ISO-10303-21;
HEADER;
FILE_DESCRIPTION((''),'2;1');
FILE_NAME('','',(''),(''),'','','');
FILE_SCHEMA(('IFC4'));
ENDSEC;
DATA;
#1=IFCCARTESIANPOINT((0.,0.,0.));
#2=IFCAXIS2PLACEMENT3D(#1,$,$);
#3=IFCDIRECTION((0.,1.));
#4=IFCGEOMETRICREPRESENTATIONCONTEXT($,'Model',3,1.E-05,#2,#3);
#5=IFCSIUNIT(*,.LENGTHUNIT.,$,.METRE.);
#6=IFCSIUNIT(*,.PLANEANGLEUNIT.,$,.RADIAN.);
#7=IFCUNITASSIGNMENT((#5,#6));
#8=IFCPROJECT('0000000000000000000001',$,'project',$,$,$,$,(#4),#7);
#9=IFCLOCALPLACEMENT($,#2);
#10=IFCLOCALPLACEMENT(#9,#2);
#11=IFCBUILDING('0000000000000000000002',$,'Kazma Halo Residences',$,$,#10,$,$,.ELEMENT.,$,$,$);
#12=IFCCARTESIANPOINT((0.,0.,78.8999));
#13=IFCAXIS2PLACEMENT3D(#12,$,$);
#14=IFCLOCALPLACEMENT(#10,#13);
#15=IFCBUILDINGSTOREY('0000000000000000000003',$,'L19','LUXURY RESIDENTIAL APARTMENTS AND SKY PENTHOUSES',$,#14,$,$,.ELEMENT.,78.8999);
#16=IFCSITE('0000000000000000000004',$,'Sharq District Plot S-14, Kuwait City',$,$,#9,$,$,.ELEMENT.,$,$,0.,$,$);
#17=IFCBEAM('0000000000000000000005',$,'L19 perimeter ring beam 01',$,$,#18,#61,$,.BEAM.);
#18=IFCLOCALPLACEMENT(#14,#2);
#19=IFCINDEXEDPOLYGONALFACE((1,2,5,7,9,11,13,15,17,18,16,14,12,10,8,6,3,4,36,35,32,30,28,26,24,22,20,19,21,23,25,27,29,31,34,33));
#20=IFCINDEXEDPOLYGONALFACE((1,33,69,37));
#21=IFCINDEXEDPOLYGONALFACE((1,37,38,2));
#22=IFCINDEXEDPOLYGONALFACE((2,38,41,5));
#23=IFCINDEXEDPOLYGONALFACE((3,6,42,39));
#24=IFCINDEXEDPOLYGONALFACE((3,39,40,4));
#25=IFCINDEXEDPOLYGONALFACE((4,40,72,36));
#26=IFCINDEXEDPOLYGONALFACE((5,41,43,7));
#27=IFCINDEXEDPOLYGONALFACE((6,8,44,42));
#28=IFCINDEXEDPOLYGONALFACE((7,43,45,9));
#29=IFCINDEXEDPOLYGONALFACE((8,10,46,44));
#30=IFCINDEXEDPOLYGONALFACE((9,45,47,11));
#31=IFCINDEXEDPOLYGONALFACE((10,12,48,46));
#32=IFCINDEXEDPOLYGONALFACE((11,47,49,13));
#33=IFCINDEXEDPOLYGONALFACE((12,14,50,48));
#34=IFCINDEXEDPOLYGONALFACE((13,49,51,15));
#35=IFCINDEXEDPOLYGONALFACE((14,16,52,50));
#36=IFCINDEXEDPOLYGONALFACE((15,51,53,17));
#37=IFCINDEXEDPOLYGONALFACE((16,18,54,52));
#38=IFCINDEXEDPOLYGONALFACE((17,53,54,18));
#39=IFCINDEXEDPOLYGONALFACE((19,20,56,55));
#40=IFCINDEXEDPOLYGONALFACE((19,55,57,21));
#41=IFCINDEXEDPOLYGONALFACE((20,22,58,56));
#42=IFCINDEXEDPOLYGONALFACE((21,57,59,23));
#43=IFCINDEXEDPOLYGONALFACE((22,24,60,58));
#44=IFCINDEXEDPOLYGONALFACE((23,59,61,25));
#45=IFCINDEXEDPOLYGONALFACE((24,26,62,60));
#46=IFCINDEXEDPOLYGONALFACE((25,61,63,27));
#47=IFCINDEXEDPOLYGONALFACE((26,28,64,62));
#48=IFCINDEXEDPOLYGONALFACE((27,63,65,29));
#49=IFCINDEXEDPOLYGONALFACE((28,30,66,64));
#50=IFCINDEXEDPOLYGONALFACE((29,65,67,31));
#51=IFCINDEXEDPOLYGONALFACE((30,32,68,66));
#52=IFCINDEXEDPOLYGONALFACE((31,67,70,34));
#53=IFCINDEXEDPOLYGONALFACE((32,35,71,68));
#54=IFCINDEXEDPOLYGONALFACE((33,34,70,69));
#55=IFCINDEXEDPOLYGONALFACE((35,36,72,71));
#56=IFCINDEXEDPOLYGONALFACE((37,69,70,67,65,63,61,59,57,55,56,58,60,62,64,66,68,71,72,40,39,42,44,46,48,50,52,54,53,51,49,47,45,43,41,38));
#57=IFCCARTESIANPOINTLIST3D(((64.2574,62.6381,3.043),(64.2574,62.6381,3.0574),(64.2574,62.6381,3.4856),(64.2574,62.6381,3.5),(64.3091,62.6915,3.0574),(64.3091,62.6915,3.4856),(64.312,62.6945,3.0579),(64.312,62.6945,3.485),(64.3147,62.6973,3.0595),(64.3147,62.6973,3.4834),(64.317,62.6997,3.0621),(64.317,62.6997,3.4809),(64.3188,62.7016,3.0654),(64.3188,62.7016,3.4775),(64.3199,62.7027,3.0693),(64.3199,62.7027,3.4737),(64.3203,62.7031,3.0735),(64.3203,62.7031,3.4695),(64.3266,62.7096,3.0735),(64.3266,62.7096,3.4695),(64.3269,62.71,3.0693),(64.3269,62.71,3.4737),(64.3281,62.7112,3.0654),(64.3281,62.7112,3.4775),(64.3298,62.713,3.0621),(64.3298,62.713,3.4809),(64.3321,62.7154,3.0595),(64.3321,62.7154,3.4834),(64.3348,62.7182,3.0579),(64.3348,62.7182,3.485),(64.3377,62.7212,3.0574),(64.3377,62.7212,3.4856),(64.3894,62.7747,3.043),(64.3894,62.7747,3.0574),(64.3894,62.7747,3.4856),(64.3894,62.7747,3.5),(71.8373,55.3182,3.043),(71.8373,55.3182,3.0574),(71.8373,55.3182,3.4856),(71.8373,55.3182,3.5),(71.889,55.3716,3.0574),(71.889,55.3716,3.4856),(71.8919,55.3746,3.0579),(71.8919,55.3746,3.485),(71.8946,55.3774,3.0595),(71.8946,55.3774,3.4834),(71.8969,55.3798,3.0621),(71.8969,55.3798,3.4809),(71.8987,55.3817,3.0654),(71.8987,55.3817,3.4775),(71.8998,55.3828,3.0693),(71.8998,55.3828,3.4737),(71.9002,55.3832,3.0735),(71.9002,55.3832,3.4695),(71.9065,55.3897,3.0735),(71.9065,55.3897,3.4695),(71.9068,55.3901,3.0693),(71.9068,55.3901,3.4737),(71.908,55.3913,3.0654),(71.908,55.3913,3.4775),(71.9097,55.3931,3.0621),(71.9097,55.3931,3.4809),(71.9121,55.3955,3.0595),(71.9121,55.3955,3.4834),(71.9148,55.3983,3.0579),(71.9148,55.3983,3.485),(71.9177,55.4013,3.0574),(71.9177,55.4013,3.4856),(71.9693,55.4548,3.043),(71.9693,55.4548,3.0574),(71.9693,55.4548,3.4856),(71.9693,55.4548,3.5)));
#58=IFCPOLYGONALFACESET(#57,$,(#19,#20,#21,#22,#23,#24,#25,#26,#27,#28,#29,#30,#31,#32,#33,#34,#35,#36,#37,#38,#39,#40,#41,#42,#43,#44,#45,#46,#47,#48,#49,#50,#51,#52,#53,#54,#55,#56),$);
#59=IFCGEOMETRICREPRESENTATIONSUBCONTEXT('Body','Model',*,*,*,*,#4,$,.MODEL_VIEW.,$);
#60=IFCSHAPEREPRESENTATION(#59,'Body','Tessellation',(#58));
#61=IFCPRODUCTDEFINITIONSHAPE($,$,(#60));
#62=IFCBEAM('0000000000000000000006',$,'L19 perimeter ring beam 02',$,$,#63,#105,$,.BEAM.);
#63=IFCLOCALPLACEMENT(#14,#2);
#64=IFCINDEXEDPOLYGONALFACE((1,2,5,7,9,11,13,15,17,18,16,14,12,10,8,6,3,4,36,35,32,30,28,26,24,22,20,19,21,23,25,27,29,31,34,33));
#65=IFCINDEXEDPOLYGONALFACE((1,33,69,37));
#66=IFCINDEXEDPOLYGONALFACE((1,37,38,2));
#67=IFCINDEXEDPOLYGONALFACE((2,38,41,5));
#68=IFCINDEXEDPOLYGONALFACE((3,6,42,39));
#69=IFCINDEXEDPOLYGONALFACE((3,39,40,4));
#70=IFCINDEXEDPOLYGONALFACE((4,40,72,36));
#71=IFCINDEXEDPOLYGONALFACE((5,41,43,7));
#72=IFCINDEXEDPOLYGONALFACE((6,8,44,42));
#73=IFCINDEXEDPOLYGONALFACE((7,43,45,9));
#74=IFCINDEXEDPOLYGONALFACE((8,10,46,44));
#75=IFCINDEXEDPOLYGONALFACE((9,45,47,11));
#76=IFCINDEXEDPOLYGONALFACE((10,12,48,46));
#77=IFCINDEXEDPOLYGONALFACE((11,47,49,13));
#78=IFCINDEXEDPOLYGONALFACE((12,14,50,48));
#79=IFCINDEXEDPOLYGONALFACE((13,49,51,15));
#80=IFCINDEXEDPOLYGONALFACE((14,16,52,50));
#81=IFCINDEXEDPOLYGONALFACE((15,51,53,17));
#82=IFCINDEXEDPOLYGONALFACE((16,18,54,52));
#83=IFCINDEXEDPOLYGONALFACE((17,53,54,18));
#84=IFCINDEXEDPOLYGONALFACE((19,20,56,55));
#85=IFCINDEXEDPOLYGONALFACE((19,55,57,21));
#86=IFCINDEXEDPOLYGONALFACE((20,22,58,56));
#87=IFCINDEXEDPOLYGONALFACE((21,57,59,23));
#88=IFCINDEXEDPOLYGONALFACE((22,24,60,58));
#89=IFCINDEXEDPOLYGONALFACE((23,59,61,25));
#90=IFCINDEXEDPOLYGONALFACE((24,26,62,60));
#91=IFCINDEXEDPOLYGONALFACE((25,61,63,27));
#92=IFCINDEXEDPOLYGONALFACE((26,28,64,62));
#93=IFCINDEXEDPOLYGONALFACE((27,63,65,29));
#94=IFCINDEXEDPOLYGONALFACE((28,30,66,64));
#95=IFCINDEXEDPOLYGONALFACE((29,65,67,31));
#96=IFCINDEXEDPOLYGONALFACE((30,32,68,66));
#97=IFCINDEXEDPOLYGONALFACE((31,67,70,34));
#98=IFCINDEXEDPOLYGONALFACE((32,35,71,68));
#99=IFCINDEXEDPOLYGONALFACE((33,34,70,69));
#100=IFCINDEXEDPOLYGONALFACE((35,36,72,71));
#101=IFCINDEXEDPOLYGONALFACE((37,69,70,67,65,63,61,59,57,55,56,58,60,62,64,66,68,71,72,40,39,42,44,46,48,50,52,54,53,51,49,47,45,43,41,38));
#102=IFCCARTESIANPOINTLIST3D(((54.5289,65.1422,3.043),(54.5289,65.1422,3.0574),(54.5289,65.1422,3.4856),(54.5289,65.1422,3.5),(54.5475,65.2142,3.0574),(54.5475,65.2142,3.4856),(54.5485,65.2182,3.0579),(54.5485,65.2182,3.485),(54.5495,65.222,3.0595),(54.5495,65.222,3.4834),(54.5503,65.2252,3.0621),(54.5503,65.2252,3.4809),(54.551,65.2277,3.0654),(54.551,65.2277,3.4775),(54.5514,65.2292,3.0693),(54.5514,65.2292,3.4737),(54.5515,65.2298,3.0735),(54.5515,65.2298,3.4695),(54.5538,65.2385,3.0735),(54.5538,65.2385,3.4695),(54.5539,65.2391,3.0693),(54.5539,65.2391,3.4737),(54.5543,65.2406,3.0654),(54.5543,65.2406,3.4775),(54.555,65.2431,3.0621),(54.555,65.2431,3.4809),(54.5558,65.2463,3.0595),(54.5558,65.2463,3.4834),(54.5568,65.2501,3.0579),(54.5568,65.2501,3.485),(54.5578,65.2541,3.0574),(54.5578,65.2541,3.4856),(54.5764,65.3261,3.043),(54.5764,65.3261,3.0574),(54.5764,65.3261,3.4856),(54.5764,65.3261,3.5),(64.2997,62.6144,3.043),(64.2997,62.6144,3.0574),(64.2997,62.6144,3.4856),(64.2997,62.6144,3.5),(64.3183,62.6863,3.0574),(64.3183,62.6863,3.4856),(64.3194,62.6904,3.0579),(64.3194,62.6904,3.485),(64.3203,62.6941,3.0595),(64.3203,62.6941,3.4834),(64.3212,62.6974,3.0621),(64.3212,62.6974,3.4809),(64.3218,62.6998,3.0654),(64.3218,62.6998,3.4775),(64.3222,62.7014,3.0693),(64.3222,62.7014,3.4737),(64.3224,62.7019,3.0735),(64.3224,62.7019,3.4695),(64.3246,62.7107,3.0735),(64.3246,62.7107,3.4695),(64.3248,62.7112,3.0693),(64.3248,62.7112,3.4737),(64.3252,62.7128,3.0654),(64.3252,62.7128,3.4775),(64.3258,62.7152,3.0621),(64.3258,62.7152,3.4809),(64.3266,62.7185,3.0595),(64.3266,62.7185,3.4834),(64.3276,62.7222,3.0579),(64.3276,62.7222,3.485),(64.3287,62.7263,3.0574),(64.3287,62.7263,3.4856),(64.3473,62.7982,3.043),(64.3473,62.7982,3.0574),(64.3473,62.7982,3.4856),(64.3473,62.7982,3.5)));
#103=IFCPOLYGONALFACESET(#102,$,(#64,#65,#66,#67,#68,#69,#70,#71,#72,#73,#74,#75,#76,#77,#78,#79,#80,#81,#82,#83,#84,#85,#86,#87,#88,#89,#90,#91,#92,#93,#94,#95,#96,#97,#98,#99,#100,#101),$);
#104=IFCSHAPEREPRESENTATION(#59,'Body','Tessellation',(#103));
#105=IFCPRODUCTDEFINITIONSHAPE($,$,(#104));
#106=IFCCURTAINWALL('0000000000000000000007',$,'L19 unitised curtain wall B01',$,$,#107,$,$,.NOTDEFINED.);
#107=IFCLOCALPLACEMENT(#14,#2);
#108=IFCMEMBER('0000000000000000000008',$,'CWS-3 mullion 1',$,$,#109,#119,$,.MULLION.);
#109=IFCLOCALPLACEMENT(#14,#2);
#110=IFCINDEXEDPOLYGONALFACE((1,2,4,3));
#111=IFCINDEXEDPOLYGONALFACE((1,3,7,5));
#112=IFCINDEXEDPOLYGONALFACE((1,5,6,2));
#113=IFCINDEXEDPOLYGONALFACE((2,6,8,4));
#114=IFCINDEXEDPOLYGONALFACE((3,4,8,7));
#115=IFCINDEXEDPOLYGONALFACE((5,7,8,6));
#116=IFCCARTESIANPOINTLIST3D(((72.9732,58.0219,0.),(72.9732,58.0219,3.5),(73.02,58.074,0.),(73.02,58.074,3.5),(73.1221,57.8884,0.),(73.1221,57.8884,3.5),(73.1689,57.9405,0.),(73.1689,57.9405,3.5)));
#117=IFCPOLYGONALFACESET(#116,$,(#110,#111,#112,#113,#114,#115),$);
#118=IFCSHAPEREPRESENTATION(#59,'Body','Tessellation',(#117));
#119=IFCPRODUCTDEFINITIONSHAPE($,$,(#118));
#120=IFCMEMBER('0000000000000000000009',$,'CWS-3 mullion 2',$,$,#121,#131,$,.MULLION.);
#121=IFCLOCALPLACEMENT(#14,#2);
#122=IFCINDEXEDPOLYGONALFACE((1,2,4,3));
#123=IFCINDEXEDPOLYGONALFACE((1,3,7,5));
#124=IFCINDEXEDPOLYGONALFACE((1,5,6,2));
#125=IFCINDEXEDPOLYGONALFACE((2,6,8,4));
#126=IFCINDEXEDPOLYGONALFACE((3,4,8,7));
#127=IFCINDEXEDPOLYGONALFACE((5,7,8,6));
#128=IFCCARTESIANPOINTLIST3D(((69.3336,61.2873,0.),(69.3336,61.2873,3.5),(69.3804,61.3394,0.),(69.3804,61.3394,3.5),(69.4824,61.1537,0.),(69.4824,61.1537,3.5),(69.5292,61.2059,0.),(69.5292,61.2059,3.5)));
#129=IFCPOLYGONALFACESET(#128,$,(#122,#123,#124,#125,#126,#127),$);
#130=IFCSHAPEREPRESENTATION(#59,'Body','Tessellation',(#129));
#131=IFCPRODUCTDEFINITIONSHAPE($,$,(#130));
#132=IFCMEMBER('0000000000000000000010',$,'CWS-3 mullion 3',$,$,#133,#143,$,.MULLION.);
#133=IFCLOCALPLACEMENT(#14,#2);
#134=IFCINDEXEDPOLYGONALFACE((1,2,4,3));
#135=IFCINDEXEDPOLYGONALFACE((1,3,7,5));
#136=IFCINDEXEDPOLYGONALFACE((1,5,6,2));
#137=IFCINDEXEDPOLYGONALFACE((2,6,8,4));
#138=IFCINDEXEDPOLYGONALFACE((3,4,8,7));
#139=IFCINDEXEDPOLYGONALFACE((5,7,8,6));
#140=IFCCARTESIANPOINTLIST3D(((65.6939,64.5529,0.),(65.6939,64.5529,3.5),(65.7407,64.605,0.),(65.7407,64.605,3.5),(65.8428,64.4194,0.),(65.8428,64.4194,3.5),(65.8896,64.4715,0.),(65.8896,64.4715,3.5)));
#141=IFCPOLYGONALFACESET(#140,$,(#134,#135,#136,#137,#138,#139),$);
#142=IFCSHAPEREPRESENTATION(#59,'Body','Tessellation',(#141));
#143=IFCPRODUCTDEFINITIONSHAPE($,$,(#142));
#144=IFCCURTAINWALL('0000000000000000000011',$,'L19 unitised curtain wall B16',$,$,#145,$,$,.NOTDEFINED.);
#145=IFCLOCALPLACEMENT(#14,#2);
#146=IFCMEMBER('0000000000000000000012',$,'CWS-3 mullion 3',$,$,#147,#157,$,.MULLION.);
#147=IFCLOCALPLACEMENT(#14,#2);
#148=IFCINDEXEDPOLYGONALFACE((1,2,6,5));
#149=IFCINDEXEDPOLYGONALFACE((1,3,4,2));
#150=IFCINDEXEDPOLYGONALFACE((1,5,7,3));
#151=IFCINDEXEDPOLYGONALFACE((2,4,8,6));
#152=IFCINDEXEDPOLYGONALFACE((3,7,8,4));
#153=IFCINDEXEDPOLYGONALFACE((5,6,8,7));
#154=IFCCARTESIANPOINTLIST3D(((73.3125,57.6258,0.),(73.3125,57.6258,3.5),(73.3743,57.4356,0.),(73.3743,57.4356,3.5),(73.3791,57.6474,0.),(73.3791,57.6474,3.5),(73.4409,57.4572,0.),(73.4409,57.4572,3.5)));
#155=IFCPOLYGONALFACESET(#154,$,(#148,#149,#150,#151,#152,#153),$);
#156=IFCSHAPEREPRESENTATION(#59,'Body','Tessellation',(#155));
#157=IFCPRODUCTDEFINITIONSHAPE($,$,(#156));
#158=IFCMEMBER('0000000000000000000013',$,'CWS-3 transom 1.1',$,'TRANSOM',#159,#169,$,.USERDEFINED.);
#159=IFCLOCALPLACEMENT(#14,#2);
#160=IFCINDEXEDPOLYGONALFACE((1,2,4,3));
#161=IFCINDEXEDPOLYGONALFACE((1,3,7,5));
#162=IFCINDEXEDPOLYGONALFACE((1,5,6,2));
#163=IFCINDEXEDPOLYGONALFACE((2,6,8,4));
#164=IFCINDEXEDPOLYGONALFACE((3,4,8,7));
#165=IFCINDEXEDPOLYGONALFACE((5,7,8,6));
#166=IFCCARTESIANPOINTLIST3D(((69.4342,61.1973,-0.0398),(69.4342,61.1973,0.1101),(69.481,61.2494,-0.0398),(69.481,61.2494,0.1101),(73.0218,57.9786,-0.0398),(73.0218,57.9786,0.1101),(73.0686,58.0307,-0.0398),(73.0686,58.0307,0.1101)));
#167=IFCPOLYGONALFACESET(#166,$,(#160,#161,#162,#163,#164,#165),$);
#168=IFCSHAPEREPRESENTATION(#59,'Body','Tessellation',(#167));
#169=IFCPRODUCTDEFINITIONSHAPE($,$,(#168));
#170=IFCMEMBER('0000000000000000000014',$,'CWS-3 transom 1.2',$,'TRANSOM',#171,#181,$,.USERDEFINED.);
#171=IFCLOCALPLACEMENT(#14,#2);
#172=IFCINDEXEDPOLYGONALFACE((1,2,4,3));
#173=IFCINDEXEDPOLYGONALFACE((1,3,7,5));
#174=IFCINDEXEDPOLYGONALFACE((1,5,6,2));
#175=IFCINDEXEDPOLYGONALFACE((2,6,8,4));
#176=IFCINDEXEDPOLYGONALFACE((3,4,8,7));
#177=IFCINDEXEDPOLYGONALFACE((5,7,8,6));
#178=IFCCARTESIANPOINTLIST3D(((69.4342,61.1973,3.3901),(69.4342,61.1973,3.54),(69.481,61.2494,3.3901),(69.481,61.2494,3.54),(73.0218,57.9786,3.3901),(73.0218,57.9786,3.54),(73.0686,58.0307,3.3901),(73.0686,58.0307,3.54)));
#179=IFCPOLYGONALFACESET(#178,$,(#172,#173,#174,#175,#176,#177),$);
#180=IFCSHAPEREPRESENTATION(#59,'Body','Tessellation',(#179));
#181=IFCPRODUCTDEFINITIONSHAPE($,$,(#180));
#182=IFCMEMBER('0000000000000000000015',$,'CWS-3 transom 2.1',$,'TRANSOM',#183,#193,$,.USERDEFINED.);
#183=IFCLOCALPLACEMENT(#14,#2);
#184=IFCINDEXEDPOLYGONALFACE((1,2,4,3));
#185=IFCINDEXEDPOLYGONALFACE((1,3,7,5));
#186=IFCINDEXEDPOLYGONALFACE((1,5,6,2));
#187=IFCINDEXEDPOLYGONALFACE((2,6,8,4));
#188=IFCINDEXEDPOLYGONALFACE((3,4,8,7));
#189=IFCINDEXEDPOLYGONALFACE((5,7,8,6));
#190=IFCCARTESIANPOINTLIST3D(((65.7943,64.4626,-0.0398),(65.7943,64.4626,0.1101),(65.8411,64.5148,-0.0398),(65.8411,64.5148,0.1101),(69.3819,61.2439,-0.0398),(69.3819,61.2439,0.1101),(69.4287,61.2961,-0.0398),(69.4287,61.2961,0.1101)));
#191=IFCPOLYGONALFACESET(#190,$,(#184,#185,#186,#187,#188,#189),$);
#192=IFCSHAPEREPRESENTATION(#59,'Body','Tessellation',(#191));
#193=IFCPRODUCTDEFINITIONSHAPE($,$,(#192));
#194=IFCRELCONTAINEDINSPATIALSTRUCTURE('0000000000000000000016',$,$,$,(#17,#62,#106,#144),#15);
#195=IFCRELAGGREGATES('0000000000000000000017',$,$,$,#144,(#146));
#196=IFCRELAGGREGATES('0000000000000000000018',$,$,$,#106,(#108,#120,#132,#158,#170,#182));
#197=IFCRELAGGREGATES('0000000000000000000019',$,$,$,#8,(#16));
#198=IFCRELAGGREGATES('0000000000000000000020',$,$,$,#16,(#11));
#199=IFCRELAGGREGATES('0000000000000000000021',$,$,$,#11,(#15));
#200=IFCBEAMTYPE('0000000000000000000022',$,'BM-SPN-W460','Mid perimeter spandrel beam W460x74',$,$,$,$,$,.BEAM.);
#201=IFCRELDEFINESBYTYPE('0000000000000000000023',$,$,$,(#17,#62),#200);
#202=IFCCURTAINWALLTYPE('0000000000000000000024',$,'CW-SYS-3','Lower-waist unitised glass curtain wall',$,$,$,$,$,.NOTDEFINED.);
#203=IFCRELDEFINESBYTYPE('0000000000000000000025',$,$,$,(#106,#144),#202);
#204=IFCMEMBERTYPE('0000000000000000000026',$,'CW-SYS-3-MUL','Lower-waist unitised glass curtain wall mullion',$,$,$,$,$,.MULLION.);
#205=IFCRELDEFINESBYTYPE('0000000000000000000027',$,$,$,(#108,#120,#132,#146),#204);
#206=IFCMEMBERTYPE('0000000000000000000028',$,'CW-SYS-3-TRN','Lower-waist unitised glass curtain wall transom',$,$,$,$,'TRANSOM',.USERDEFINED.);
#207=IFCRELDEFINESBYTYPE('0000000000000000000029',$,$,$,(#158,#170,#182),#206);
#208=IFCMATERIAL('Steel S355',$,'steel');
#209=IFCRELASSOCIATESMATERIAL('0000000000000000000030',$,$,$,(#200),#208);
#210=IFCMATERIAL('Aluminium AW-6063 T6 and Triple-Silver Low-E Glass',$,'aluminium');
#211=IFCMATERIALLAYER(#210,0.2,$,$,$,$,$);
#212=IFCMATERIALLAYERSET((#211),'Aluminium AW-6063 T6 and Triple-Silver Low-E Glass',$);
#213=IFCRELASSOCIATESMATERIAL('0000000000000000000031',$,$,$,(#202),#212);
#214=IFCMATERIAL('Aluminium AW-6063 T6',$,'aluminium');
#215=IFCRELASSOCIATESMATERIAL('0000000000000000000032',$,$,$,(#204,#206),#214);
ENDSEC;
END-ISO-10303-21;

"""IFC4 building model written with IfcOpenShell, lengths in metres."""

from ifc_helpers import new_model, si_unit, direction, frame, origin, origin_2d, place, context, subcontext, project, spatial, rectangle, i_section, extrude, material, layer, layer_set, material_profile, profile_set, type_object, element, aggregate, save


model = new_model("IFC4")

# Units and contexts
model_context = context("Model", 3, precision=1e-05, world=origin(), true_north=direction((0.0, 1.0)))
body_context = subcontext(model_context, "Body", "Model", "MODEL_VIEW")
ifc_project = project(units=[si_unit("LENGTHUNIT", "METRE"), si_unit("PLANEANGLEUNIT", "RADIAN")], contexts=[model_context])

# Site, building, storey
site_placement = place(None, origin())
site = spatial("IfcSite", under=ifc_project, at=site_placement, Name="Sharq District Plot S-14, Kuwait City", CompositionType="ELEMENT", RefElevation=0.0)
building_placement = place(site_placement, origin())
building = spatial("IfcBuilding", under=site, at=building_placement, Name="Kazma Halo Residences", CompositionType="ELEMENT")
storey_placement = place(building_placement, frame((0.0, 0.0, 78.8999)))
storey = spatial("IfcBuildingStorey", under=building, at=storey_placement, Name="L19", Description="LUXURY RESIDENTIAL APARTMENTS AND SKY PENTHOUSES", CompositionType="ELEMENT", Elevation=78.8999)

# Beams
ifc_material_1 = material(Name="Steel S355", Category="steel")
ifc_material_profile_1 = material_profile(ifc_material_1, i_section(OverallWidth=0.1899, OverallDepth=0.457, WebThickness=0.009, FlangeThickness=0.0144, FilletRadius=0.0161, at=origin_2d()), Name="W460x74")
ifc_profile_set_1 = profile_set([ifc_material_profile_1], Name="Steel S355")
beam_type_1 = type_object("IfcBeamType", Name="BM-SPN-W460", Description="Mid perimeter spandrel beam W460x74", PredefinedType="BEAM", material=ifc_profile_set_1)
beam_1_placement = place(storey_placement, frame((71.9033, 55.3865, 3.2715), z_axis=(-0.719337, 0.694661, 0.0), x_axis=(-0.694661, -0.719337, 0.0)))
element("IfcBeam", 1, at=beam_1_placement, inside=storey, type_object=beam_type_1, Name="L19 perimeter ring beam 01", PredefinedType="BEAM", context=body_context, shape_type="SweptSolid", body=[
    extrude(i_section(OverallWidth=0.1899, OverallDepth=0.457, WebThickness=0.009, FlangeThickness=0.0144, FilletRadius=0.0161, at=origin_2d()), origin(), (0.0, 0.0, 1.0), 10.5374),
])
beam_2_placement = place(storey_placement, frame((64.3235, 62.7063, 3.2715), z_axis=(-0.968125, 0.250468, 0.0), x_axis=(-0.250468, -0.968125, 0.0)))
element("IfcBeam", 2, at=beam_2_placement, inside=storey, type_object=beam_type_1, Name="L19 perimeter ring beam 02", PredefinedType="BEAM", context=body_context, shape_type="SweptSolid", body=[
    extrude(i_section(OverallWidth=0.1899, OverallDepth=0.457, WebThickness=0.009, FlangeThickness=0.0144, FilletRadius=0.0161, at=origin_2d()), origin(), (0.0, 0.0, 1.0), 10.0925),
])

# Curtain wall, members
ifc_material_2 = material(Name="Aluminium AW-6063 T6 and Triple-Silver Low-E Glass", Category="aluminium")
ifc_layer_1 = layer(ifc_material_2, 0.2)
ifc_layer_set_1 = layer_set([ifc_layer_1], Name="Aluminium AW-6063 T6 and Triple-Silver Low-E Glass")
curtain_wall_type = type_object("IfcCurtainWallType", Name="CW-SYS-3", Description="Lower-waist unitised glass curtain wall", PredefinedType="NOTDEFINED", material=ifc_layer_set_1)
curtain_wall_1_placement = place(storey_placement, origin())
curtain_wall_1 = element("IfcCurtainWall", 3, at=curtain_wall_1_placement, inside=storey, type_object=curtain_wall_type, Name="L19 unitised curtain wall B01", PredefinedType="NOTDEFINED")
ifc_material_3 = material(Name="Aluminium AW-6063 T6", Category="aluminium")
ifc_material_profile_2 = material_profile(ifc_material_3, rectangle(XDim=0.0701, YDim=0.2, at=origin_2d()), Name="CWM-70x200")
ifc_profile_set_2 = profile_set([ifc_material_profile_2], Name="Aluminium AW-6063 T6")
member_type_1 = type_object("IfcMemberType", Name="CW-SYS-3-MUL", Description="Lower-waist unitised glass curtain wall mullion", PredefinedType="MULLION", material=ifc_profile_set_2)
member_1_placement = place(storey_placement, frame((73.071, 57.9812, 0.0), z_axis=(0.0, 0.0, 1.0), x_axis=(-0.667795, -0.744345, 0.0)))
member_1 = element("IfcMember", 4, at=member_1_placement, type_object=member_type_1, Name="CWS-3 mullion 1", PredefinedType="MULLION", context=body_context, shape_type="SweptSolid", body=[
    extrude(rectangle(XDim=0.0701, YDim=0.2, at=origin_2d()), origin(), (0.0, 0.0, 1.0), 3.5),
])
member_2_placement = place(storey_placement, frame((69.4314, 61.2466, 0.0), z_axis=(0.0, 0.0, 1.0), x_axis=(-0.667795, -0.744345, 0.0)))
member_2 = element("IfcMember", 5, at=member_2_placement, type_object=member_type_1, Name="CWS-3 mullion 2", PredefinedType="MULLION", context=body_context, shape_type="SweptSolid", body=[
    extrude(rectangle(XDim=0.0701, YDim=0.2, at=origin_2d()), origin(), (0.0, 0.0, 1.0), 3.5),
])
member_3_placement = place(storey_placement, frame((65.7917, 64.5122, 0.0), z_axis=(0.0, 0.0, 1.0), x_axis=(-0.667795, -0.744345, 0.0)))
member_3 = element("IfcMember", 6, at=member_3_placement, type_object=member_type_1, Name="CWS-3 mullion 3", PredefinedType="MULLION", context=body_context, shape_type="SweptSolid", body=[
    extrude(rectangle(XDim=0.0701, YDim=0.2, at=origin_2d()), origin(), (0.0, 0.0, 1.0), 3.5),
])

# Curtain wall, member
curtain_wall_2_placement = place(storey_placement, origin())
curtain_wall_2 = element("IfcCurtainWall", 7, at=curtain_wall_2_placement, inside=storey, type_object=curtain_wall_type, Name="L19 unitised curtain wall B16", PredefinedType="NOTDEFINED")
member_4_placement = place(storey_placement, frame((73.3767, 57.5415, 0.0), z_axis=(0.0, 0.0, 1.0), x_axis=(-0.951058, -0.309013, 0.0)))
member_4 = element("IfcMember", 8, at=member_4_placement, type_object=member_type_1, Name="CWS-3 mullion 3", PredefinedType="MULLION", context=body_context, shape_type="SweptSolid", body=[
    extrude(rectangle(XDim=0.0701, YDim=0.2, at=origin_2d()), origin(), (0.0, 0.0, 1.0), 3.5),
])
aggregate(curtain_wall_2, [member_4])

# Members
ifc_material_profile_3 = material_profile(ifc_material_3, rectangle(XDim=0.0701, YDim=0.1499, at=origin_2d()), Name="CWT-70x150")
ifc_profile_set_3 = profile_set([ifc_material_profile_3], Name="Aluminium AW-6063 T6")
member_type_2 = type_object("IfcMemberType", Name="CW-SYS-3-TRN", Description="Lower-waist unitised glass curtain wall transom", ElementType="TRANSOM", PredefinedType="USERDEFINED", material=ifc_profile_set_3)
member_5_placement = place(storey_placement, frame((73.0452, 58.0046, 0.0352), z_axis=(-0.744338, 0.667803, 0.0), x_axis=(-0.667803, -0.744338, 0.0)))
member_5 = element("IfcMember", 9, at=member_5_placement, type_object=member_type_2, Name="CWS-3 transom 1.1", ObjectType="TRANSOM", PredefinedType="USERDEFINED", context=body_context, shape_type="SweptSolid", body=[
    extrude(rectangle(XDim=0.0701, YDim=0.1499, at=origin_2d()), origin(), (0.0, 0.0, 1.0), 4.8198),
])
member_6_placement = place(storey_placement, frame((73.0452, 58.0046, 3.4651), z_axis=(-0.744338, 0.667803, 0.0), x_axis=(-0.667803, -0.744338, 0.0)))
member_6 = element("IfcMember", 10, at=member_6_placement, type_object=member_type_2, Name="CWS-3 transom 1.2", ObjectType="TRANSOM", PredefinedType="USERDEFINED", context=body_context, shape_type="SweptSolid", body=[
    extrude(rectangle(XDim=0.0701, YDim=0.1499, at=origin_2d()), origin(), (0.0, 0.0, 1.0), 4.8198),
])
member_7_placement = place(storey_placement, frame((69.4053, 61.27, 0.0352), z_axis=(-0.744338, 0.667803, 0.0), x_axis=(-0.667803, -0.744338, 0.0)))
member_7 = element("IfcMember", 11, at=member_7_placement, type_object=member_type_2, Name="CWS-3 transom 2.1", ObjectType="TRANSOM", PredefinedType="USERDEFINED", context=body_context, shape_type="SweptSolid", body=[
    extrude(rectangle(XDim=0.0701, YDim=0.1499, at=origin_2d()), origin(), (0.0, 0.0, 1.0), 4.8198),
])

aggregate(curtain_wall_1, [member_1, member_2, member_3, member_5, member_6, member_7])

save(model, "model.ifc")
